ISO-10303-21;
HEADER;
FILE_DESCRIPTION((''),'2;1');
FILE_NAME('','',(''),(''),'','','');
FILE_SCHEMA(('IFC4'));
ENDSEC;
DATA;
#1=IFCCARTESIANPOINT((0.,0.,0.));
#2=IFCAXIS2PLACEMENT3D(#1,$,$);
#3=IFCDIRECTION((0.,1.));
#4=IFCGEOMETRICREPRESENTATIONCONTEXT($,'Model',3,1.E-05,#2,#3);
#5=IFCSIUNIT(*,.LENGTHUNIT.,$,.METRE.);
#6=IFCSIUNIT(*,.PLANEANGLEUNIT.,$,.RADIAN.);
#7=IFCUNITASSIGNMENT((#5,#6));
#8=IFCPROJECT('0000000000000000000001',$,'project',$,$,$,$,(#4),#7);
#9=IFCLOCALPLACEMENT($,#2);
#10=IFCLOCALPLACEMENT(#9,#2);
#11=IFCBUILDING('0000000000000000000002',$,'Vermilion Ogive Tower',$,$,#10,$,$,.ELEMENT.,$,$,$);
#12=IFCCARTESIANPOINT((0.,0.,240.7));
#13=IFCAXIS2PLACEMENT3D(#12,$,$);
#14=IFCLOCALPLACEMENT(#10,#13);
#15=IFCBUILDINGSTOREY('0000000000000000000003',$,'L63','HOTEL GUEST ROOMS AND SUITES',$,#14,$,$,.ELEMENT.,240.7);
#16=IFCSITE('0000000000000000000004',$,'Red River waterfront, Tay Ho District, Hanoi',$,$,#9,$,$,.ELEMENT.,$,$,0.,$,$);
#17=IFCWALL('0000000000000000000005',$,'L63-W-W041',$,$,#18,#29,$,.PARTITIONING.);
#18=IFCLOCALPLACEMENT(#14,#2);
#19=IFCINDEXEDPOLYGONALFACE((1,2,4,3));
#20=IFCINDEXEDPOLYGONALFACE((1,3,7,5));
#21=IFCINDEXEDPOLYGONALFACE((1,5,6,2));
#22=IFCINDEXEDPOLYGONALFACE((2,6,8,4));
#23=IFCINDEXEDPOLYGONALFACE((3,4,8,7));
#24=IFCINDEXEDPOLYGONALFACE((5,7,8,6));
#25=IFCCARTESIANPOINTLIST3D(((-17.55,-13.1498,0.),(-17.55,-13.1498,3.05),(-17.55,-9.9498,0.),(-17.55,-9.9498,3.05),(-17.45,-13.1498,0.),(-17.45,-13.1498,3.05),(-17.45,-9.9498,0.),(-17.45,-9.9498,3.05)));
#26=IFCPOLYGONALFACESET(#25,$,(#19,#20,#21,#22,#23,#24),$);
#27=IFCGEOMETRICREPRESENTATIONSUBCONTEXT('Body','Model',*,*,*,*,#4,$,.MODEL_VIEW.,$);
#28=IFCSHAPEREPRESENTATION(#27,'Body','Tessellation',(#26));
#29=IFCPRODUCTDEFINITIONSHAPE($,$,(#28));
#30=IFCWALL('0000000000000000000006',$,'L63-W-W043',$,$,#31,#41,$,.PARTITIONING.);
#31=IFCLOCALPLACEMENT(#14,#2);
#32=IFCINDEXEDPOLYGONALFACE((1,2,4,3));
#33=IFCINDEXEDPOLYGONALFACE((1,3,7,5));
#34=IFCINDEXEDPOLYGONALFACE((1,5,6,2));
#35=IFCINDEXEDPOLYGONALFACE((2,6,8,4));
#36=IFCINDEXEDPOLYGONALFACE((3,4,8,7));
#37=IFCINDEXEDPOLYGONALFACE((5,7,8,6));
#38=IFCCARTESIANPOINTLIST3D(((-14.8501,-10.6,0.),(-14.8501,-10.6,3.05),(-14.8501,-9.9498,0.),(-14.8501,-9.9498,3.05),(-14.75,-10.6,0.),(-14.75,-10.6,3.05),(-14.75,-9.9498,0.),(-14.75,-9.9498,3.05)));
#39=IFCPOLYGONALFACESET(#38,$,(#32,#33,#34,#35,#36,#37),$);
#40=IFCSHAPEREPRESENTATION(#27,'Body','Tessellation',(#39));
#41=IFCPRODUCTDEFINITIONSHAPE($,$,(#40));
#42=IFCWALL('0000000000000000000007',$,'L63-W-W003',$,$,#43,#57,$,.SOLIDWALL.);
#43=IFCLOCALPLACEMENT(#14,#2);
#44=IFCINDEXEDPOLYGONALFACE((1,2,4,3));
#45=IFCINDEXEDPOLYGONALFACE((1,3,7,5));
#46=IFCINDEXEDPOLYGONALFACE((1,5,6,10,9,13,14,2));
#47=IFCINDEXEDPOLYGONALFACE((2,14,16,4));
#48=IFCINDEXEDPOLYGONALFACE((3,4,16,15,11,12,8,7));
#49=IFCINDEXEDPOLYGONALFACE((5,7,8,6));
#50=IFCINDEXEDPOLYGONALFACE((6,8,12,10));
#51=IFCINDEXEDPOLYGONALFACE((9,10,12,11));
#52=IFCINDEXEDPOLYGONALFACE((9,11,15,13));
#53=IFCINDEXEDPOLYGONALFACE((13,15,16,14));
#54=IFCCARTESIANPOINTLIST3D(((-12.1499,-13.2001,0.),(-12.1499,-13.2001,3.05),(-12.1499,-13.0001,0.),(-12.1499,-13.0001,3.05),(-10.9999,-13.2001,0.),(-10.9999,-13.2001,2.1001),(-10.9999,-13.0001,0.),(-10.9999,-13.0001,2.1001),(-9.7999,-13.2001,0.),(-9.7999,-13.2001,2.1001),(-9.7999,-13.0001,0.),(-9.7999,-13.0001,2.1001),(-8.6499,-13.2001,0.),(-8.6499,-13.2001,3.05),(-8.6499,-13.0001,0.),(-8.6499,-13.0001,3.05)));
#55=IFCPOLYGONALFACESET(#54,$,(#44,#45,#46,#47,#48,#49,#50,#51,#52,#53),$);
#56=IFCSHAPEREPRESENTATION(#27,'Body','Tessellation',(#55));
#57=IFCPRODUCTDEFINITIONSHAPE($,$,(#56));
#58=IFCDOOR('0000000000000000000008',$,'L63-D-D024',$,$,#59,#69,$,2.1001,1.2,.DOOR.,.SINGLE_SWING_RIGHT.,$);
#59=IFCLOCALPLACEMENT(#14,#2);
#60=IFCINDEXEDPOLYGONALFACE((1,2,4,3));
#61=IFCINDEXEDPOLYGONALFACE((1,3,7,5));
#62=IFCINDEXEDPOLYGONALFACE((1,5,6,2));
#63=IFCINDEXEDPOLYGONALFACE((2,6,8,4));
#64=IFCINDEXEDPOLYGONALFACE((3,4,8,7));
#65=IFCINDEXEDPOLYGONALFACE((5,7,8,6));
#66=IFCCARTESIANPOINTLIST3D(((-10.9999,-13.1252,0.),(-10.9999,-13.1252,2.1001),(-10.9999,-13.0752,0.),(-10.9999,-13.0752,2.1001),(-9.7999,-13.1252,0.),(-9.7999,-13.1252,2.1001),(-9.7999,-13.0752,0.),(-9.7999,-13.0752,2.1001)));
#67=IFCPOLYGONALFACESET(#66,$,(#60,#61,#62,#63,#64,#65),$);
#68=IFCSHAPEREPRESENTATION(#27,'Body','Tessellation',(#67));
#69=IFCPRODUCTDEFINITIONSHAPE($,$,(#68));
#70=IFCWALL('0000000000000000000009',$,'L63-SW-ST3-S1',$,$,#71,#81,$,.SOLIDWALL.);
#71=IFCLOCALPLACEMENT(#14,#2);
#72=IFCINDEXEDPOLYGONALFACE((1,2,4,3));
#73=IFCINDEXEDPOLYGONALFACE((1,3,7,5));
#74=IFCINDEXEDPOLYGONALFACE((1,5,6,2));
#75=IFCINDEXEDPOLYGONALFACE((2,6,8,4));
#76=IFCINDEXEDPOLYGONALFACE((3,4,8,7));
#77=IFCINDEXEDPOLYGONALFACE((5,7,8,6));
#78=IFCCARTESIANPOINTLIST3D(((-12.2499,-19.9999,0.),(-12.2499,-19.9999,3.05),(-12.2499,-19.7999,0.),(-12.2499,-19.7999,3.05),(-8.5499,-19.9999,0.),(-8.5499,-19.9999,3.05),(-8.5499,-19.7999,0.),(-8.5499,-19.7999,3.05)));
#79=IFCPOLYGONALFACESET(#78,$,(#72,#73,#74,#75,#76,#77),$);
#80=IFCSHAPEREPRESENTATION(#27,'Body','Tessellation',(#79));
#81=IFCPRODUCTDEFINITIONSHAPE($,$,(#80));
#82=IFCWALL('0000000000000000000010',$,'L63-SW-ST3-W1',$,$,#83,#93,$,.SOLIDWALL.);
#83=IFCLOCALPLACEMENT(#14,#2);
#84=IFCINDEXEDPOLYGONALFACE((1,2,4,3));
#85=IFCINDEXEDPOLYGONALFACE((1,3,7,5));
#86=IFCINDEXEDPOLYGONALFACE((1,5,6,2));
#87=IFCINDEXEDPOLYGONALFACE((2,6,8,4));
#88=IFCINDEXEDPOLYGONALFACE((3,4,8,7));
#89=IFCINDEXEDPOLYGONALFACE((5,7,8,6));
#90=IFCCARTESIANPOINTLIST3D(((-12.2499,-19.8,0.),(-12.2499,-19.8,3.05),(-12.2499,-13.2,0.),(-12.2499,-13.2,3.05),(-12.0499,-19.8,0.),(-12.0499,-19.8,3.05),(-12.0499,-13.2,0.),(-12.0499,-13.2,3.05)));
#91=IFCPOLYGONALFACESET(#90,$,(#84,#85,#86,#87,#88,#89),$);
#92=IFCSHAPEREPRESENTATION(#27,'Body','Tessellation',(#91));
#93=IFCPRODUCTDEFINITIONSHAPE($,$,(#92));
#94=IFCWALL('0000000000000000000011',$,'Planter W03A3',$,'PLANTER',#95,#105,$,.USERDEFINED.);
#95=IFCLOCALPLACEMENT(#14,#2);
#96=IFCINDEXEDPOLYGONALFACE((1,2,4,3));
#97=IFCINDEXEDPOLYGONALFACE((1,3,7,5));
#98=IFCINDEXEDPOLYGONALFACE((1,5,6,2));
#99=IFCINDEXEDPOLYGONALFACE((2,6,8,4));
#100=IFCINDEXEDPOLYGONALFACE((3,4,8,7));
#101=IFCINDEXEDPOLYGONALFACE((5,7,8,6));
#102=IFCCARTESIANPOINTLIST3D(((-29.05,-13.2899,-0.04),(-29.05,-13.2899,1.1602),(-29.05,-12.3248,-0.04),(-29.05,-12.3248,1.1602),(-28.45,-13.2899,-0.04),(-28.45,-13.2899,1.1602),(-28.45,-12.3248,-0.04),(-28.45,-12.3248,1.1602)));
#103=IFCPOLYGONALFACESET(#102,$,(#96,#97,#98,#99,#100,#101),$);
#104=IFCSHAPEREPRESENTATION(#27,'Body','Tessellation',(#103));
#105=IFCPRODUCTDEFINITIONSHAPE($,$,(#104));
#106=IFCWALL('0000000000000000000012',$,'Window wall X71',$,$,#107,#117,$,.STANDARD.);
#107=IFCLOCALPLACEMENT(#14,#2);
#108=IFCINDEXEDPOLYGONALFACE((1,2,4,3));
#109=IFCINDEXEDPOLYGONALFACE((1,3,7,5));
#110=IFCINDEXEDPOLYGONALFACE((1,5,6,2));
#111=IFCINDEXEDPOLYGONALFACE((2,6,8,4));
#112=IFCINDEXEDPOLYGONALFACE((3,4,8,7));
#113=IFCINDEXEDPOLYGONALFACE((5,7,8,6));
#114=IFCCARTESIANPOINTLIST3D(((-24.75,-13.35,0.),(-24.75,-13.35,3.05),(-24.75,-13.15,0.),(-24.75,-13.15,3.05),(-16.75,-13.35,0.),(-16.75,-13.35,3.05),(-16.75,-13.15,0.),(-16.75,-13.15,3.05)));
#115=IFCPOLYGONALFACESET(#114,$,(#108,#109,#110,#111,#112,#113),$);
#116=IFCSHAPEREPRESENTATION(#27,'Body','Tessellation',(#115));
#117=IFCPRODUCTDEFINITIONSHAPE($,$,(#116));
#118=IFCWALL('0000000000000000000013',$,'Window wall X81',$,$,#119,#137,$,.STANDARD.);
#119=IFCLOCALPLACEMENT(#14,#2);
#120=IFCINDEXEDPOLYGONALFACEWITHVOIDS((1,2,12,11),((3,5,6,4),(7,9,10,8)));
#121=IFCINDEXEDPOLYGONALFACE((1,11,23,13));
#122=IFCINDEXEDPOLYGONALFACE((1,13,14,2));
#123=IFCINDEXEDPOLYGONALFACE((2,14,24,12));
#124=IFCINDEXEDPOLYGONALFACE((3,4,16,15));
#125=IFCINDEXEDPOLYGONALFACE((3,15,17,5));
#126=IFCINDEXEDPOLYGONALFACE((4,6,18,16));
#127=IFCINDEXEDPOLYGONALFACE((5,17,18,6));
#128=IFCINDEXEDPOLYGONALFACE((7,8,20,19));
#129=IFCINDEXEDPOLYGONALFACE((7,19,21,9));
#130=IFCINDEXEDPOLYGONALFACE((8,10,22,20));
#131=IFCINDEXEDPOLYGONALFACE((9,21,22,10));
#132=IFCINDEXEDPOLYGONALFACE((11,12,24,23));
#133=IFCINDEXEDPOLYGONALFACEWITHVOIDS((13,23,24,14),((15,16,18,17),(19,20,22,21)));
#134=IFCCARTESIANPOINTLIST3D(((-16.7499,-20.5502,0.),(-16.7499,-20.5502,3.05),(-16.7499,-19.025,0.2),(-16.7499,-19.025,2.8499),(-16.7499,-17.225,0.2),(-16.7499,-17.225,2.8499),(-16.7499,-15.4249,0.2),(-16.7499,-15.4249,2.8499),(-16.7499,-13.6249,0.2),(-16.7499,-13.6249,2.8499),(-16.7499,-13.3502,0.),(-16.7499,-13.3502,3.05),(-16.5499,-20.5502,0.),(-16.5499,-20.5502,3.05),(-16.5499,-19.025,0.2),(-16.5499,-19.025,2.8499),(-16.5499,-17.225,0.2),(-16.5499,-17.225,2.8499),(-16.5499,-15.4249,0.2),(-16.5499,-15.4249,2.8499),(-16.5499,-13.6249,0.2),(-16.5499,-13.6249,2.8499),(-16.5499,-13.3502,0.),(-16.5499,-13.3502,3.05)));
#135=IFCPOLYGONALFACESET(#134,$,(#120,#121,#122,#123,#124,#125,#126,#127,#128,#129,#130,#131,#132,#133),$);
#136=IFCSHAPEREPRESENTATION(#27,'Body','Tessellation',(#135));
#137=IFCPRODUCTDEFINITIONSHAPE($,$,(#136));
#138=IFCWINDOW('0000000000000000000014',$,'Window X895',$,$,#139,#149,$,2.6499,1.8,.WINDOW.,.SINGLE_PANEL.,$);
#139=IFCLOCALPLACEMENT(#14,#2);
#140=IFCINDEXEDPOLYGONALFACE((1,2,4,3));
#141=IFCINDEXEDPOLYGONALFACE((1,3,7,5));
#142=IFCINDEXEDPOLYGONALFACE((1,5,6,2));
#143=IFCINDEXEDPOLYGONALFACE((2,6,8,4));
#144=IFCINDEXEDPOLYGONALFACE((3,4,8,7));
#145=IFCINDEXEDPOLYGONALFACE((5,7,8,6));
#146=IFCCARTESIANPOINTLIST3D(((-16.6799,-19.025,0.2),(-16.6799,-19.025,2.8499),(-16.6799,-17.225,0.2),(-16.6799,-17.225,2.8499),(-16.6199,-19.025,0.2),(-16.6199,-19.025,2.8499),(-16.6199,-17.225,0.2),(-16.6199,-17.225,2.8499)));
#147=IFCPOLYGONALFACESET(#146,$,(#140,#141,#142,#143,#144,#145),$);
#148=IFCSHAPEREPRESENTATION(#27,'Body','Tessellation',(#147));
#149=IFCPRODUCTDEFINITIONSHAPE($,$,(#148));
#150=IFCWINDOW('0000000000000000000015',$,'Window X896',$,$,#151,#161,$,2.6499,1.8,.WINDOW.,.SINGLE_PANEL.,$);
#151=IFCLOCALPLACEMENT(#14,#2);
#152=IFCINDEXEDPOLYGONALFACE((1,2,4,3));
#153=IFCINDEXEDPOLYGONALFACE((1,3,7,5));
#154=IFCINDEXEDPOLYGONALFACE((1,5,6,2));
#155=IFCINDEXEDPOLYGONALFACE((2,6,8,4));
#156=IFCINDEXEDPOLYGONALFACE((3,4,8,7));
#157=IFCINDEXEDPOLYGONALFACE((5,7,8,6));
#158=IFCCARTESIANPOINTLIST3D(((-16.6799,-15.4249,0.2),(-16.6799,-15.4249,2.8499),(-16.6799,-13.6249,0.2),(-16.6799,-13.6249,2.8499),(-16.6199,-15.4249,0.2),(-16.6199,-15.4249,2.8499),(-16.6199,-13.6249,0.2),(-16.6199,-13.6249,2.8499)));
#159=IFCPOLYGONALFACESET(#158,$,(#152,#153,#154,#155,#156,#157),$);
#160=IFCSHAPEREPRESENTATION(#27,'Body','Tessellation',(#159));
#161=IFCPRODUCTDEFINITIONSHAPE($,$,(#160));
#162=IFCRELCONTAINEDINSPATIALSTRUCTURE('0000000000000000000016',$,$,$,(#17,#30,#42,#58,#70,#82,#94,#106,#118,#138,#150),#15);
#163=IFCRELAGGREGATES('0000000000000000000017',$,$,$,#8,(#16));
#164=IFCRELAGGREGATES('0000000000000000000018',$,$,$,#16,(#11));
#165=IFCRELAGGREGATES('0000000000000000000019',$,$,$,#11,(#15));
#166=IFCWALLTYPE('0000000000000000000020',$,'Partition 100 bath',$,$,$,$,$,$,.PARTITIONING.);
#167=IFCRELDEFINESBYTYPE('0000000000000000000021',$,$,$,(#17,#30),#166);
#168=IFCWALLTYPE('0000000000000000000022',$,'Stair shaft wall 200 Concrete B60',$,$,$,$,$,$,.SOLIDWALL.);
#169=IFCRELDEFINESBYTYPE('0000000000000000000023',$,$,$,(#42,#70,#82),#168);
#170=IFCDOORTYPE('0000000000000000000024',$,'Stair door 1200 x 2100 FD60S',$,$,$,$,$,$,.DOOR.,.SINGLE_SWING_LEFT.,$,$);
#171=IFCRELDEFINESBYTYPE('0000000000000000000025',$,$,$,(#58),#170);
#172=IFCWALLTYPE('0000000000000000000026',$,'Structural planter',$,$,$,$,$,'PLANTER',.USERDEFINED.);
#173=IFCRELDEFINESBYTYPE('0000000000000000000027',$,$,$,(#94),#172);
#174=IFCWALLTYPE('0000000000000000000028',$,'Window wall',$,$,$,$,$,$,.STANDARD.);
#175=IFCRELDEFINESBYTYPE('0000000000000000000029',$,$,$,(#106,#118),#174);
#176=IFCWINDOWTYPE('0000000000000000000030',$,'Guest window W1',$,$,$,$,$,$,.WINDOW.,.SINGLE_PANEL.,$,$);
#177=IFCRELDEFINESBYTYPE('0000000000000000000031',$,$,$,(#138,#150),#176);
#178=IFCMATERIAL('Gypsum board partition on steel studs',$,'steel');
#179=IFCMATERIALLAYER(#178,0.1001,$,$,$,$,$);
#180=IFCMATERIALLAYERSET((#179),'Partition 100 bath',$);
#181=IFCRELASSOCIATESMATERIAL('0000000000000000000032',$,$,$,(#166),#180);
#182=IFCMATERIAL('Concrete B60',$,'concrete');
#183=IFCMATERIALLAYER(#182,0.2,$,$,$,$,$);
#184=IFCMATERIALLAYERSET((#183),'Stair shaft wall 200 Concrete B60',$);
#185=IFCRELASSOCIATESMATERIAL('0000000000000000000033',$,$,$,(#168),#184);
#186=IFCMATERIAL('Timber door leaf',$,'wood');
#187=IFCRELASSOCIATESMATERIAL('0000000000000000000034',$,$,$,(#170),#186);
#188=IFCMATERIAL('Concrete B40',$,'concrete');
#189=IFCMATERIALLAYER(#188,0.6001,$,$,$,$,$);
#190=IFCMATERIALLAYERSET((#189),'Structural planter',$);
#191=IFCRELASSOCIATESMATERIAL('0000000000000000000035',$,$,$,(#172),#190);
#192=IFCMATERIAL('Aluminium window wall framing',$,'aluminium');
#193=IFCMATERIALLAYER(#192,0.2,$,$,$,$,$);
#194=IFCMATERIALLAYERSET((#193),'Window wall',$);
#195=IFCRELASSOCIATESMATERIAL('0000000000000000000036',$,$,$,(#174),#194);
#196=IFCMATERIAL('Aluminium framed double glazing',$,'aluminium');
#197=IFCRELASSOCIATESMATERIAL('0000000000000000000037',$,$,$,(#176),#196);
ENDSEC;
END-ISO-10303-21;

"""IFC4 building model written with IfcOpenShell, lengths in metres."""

from ifc_helpers import new_model, si_unit, direction, frame, frame_2d, origin, place, context, subcontext, project, spatial, rectangle, extrude, material, layer, layer_set, type_object, element, fill, save


model = new_model("IFC4")

# Units and contexts
model_context = context("Model", 3, precision=1e-05, world=origin(), true_north=direction((0.0, 1.0)))
body_context = subcontext(model_context, "Body", "Model", "MODEL_VIEW")
ifc_project = project(units=[si_unit("LENGTHUNIT", "METRE"), si_unit("PLANEANGLEUNIT", "RADIAN")], contexts=[model_context])

# Site, building, storey
site_placement = place(None, origin())
site = spatial("IfcSite", under=ifc_project, at=site_placement, Name="Red River waterfront, Tay Ho District, Hanoi", CompositionType="ELEMENT", RefElevation=0.0)
building_placement = place(site_placement, origin())
building = spatial("IfcBuilding", under=site, at=building_placement, Name="Vermilion Ogive Tower", CompositionType="ELEMENT")
storey_placement = place(building_placement, frame((0.0, 0.0, 240.7)))
storey = spatial("IfcBuildingStorey", under=building, at=storey_placement, Name="L63", Description="HOTEL GUEST ROOMS AND SUITES", CompositionType="ELEMENT", Elevation=240.7)

# Walls
ifc_material_1 = material(Name="Gypsum board partition on steel studs", Category="steel")
ifc_layer_1 = layer(ifc_material_1, 0.1001)
ifc_layer_set_1 = layer_set([ifc_layer_1], Name="Partition 100 bath")
wall_type_1 = type_object("IfcWallType", Name="Partition 100 bath", PredefinedType="PARTITIONING", material=ifc_layer_set_1)
wall_1_placement = place(storey_placement, frame((-17.5, -13.1499, 0.0), z_axis=(0.0, 0.0, 1.0), x_axis=(0.0, 1.0, 0.0)))
element("IfcWall", 1, at=wall_1_placement, inside=storey, type_object=wall_type_1, Name="L63-W-W041", PredefinedType="PARTITIONING", context=body_context, shape_type="SweptSolid", body=[
    extrude(rectangle(XDim=3.2, YDim=0.1001, at=frame_2d((1.6001, 0.0))), origin(), (0.0, 0.0, 1.0), 3.05),
])
wall_2_placement = place(storey_placement, frame((-14.8, -10.6001, 0.0), z_axis=(0.0, 0.0, 1.0), x_axis=(0.0, 1.0, 0.0)))
element("IfcWall", 2, at=wall_2_placement, inside=storey, type_object=wall_type_1, Name="L63-W-W043", PredefinedType="PARTITIONING", context=body_context, shape_type="SweptSolid", body=[
    extrude(rectangle(XDim=0.6501, YDim=0.1001, at=frame_2d((0.3252, 0.0))), origin(), (0.0, 0.0, 1.0), 3.05),
])

# Wall, opening, door
ifc_material_2 = material(Name="Concrete B60", Category="concrete")
ifc_layer_2 = layer(ifc_material_2, 0.2)
ifc_layer_set_2 = layer_set([ifc_layer_2], Name="Stair shaft wall 200 Concrete B60")
wall_type_2 = type_object("IfcWallType", Name="Stair shaft wall 200 Concrete B60", PredefinedType="SOLIDWALL", material=ifc_layer_set_2)
wall_3_placement = place(storey_placement, frame((-12.1499, -13.1001, 0.0), z_axis=(0.0, 0.0, 1.0), x_axis=(1.0, 0.0, 0.0)))
wall_3 = element("IfcWall", 3, at=wall_3_placement, inside=storey, type_object=wall_type_2, Name="L63-W-W003", PredefinedType="SOLIDWALL", context=body_context, shape_type="SweptSolid", body=[
    extrude(rectangle(XDim=3.5, YDim=0.2, at=frame_2d((1.75, 0.0))), origin(), (0.0, 0.0, 1.0), 3.05),
])
opening_1_placement = place(wall_3_placement, frame((1.1499, 0.0, 0.0)))
opening_1 = element("IfcOpeningElement", 4, at=opening_1_placement, cuts=wall_3, PredefinedType="OPENING", context=body_context, shape_type="SweptSolid", body=[
    extrude(rectangle(XDim=1.2, YDim=2.1001, at=frame_2d((0.6001, 1.05))), frame((0.0, 0.1099, 0.0), z_axis=(0.0, -1.0, 0.0), x_axis=(1.0, 0.0, 0.0)), (0.0, 0.0, 1.0), 0.22),
])
ifc_material_3 = material(Name="Timber door leaf", Category="wood")
door_type = type_object("IfcDoorType", Name="Stair door 1200 x 2100 FD60S", OperationType="SINGLE_SWING_LEFT", PredefinedType="DOOR", material=ifc_material_3)
door_placement = place(opening_1_placement, origin())
door = element("IfcDoor", 5, at=door_placement, inside=storey, type_object=door_type, Name="L63-D-D024", OperationType="SINGLE_SWING_RIGHT", OverallHeight=2.1001, OverallWidth=1.2, PredefinedType="DOOR", context=body_context, shape_type="SweptSolid", body=[
    extrude(rectangle(XDim=1.2, YDim=2.1001, at=frame_2d((0.6001, 1.05))), frame((0.0, 0.0249, 0.0), z_axis=(0.0, -1.0, 0.0), x_axis=(1.0, 0.0, 0.0)), (0.0, 0.0, 1.0), 0.05),
])
fill(opening_1, door)

# Walls
wall_4_placement = place(storey_placement, frame((-12.25, -19.8999, 0.0), z_axis=(0.0, 0.0, 1.0), x_axis=(1.0, 0.0, 0.0)))
element("IfcWall", 6, at=wall_4_placement, inside=storey, type_object=wall_type_2, Name="L63-SW-ST3-S1", PredefinedType="SOLIDWALL", context=body_context, shape_type="SweptSolid", body=[
    extrude(rectangle(XDim=3.7, YDim=0.2, at=frame_2d((1.8501, 0.0))), origin(), (0.0, 0.0, 1.0), 3.05),
])
wall_5_placement = place(storey_placement, frame((-12.1499, -19.8, 0.0), z_axis=(0.0, 0.0, 1.0), x_axis=(0.0, 1.0, 0.0)))
element("IfcWall", 7, at=wall_5_placement, inside=storey, type_object=wall_type_2, Name="L63-SW-ST3-W1", PredefinedType="SOLIDWALL", context=body_context, shape_type="SweptSolid", body=[
    extrude(rectangle(XDim=6.6001, YDim=0.2, at=frame_2d((3.3, 0.0))), origin(), (0.0, 0.0, 1.0), 3.05),
])
ifc_material_4 = material(Name="Concrete B40", Category="concrete")
ifc_layer_3 = layer(ifc_material_4, 0.6001)
ifc_layer_set_3 = layer_set([ifc_layer_3], Name="Structural planter")
wall_type_3 = type_object("IfcWallType", Name="Structural planter", ElementType="PLANTER", PredefinedType="USERDEFINED", material=ifc_layer_set_3)
wall_6_placement = place(storey_placement, frame((-28.75, -12.325, -0.04), z_axis=(0.0, 0.0, 1.0), x_axis=(0.0, -1.0, 0.0)))
element("IfcWall", 8, at=wall_6_placement, inside=storey, type_object=wall_type_3, Name="Planter W03A3", ObjectType="PLANTER", PredefinedType="USERDEFINED", context=body_context, shape_type="SweptSolid", body=[
    extrude(rectangle(XDim=0.9651, YDim=0.6001, at=frame_2d((0.4824, 0.0))), origin(), (0.0, 0.0, 1.0), 1.2002),
])
ifc_material_5 = material(Name="Aluminium window wall framing", Category="aluminium")
ifc_layer_4 = layer(ifc_material_5, 0.2)
ifc_layer_set_4 = layer_set([ifc_layer_4], Name="Window wall")
wall_type_4 = type_object("IfcWallType", Name="Window wall", PredefinedType="STANDARD", material=ifc_layer_set_4)
wall_7_placement = place(storey_placement, frame((-24.75, -13.25, 0.0), z_axis=(0.0, 0.0, 1.0), x_axis=(1.0, 0.0, 0.0)))
element("IfcWall", 9, at=wall_7_placement, inside=storey, type_object=wall_type_4, Name="Window wall X71", PredefinedType="STANDARD", context=body_context, shape_type="SweptSolid", body=[
    extrude(rectangle(XDim=8.0, YDim=0.2, at=frame_2d((4.0, 0.0))), origin(), (0.0, 0.0, 1.0), 3.05),
])

# Wall, openings, windows
wall_8_placement = place(storey_placement, frame((-16.6499, -13.3501, 0.0), z_axis=(0.0, 0.0, 1.0), x_axis=(0.0, -1.0, 0.0)))
wall_8 = element("IfcWall", 10, at=wall_8_placement, inside=storey, type_object=wall_type_4, Name="Window wall X81", PredefinedType="STANDARD", context=body_context, shape_type="SweptSolid", body=[
    extrude(rectangle(XDim=7.2, YDim=0.2, at=frame_2d((3.6001, 0.0))), origin(), (0.0, 0.0, 1.0), 3.05),
])
opening_2_placement = place(wall_8_placement, frame((3.875, 0.0, 0.2)))
opening_2 = element("IfcOpeningElement", 11, at=opening_2_placement, cuts=wall_8, PredefinedType="OPENING", context=body_context, shape_type="SweptSolid", body=[
    extrude(rectangle(XDim=1.8, YDim=2.6499, at=frame_2d((0.8999, 1.325))), frame((0.0, 0.1099, 0.0), z_axis=(0.0, -1.0, 0.0), x_axis=(1.0, 0.0, 0.0)), (0.0, 0.0, 1.0), 0.22),
])
opening_3_placement = place(wall_8_placement, frame((0.2749, 0.0, 0.2)))
opening_3 = element("IfcOpeningElement", 12, at=opening_3_placement, cuts=wall_8, PredefinedType="OPENING", context=body_context, shape_type="SweptSolid", body=[
    extrude(rectangle(XDim=1.8, YDim=2.6499, at=frame_2d((0.8999, 1.325))), frame((0.0, 0.1099, 0.0), z_axis=(0.0, -1.0, 0.0), x_axis=(1.0, 0.0, 0.0)), (0.0, 0.0, 1.0), 0.22),
])
ifc_material_6 = material(Name="Aluminium framed double glazing", Category="aluminium")
window_type = type_object("IfcWindowType", Name="Guest window W1", PartitioningType="SINGLE_PANEL", PredefinedType="WINDOW", material=ifc_material_6)
window_1_placement = place(opening_2_placement, origin())
window_1 = element("IfcWindow", 13, at=window_1_placement, inside=storey, type_object=window_type, Name="Window X895", OverallHeight=2.6499, OverallWidth=1.8, PartitioningType="SINGLE_PANEL", PredefinedType="WINDOW", context=body_context, shape_type="SweptSolid", body=[
    extrude(rectangle(XDim=1.8, YDim=2.6499, at=frame_2d((0.8999, 1.325))), frame((0.0, 0.03, 0.0), z_axis=(0.0, -1.0, 0.0), x_axis=(1.0, 0.0, 0.0)), (0.0, 0.0, 1.0), 0.0601),
])
fill(opening_2, window_1)
window_2_placement = place(opening_3_placement, origin())
window_2 = element("IfcWindow", 14, at=window_2_placement, inside=storey, type_object=window_type, Name="Window X896", OverallHeight=2.6499, OverallWidth=1.8, PartitioningType="SINGLE_PANEL", PredefinedType="WINDOW", context=body_context, shape_type="SweptSolid", body=[
    extrude(rectangle(XDim=1.8, YDim=2.6499, at=frame_2d((0.8999, 1.325))), frame((0.0, 0.03, 0.0), z_axis=(0.0, -1.0, 0.0), x_axis=(1.0, 0.0, 0.0)), (0.0, 0.0, 1.0), 0.0601),
])
fill(opening_3, window_2)

save(model, "model.ifc")
